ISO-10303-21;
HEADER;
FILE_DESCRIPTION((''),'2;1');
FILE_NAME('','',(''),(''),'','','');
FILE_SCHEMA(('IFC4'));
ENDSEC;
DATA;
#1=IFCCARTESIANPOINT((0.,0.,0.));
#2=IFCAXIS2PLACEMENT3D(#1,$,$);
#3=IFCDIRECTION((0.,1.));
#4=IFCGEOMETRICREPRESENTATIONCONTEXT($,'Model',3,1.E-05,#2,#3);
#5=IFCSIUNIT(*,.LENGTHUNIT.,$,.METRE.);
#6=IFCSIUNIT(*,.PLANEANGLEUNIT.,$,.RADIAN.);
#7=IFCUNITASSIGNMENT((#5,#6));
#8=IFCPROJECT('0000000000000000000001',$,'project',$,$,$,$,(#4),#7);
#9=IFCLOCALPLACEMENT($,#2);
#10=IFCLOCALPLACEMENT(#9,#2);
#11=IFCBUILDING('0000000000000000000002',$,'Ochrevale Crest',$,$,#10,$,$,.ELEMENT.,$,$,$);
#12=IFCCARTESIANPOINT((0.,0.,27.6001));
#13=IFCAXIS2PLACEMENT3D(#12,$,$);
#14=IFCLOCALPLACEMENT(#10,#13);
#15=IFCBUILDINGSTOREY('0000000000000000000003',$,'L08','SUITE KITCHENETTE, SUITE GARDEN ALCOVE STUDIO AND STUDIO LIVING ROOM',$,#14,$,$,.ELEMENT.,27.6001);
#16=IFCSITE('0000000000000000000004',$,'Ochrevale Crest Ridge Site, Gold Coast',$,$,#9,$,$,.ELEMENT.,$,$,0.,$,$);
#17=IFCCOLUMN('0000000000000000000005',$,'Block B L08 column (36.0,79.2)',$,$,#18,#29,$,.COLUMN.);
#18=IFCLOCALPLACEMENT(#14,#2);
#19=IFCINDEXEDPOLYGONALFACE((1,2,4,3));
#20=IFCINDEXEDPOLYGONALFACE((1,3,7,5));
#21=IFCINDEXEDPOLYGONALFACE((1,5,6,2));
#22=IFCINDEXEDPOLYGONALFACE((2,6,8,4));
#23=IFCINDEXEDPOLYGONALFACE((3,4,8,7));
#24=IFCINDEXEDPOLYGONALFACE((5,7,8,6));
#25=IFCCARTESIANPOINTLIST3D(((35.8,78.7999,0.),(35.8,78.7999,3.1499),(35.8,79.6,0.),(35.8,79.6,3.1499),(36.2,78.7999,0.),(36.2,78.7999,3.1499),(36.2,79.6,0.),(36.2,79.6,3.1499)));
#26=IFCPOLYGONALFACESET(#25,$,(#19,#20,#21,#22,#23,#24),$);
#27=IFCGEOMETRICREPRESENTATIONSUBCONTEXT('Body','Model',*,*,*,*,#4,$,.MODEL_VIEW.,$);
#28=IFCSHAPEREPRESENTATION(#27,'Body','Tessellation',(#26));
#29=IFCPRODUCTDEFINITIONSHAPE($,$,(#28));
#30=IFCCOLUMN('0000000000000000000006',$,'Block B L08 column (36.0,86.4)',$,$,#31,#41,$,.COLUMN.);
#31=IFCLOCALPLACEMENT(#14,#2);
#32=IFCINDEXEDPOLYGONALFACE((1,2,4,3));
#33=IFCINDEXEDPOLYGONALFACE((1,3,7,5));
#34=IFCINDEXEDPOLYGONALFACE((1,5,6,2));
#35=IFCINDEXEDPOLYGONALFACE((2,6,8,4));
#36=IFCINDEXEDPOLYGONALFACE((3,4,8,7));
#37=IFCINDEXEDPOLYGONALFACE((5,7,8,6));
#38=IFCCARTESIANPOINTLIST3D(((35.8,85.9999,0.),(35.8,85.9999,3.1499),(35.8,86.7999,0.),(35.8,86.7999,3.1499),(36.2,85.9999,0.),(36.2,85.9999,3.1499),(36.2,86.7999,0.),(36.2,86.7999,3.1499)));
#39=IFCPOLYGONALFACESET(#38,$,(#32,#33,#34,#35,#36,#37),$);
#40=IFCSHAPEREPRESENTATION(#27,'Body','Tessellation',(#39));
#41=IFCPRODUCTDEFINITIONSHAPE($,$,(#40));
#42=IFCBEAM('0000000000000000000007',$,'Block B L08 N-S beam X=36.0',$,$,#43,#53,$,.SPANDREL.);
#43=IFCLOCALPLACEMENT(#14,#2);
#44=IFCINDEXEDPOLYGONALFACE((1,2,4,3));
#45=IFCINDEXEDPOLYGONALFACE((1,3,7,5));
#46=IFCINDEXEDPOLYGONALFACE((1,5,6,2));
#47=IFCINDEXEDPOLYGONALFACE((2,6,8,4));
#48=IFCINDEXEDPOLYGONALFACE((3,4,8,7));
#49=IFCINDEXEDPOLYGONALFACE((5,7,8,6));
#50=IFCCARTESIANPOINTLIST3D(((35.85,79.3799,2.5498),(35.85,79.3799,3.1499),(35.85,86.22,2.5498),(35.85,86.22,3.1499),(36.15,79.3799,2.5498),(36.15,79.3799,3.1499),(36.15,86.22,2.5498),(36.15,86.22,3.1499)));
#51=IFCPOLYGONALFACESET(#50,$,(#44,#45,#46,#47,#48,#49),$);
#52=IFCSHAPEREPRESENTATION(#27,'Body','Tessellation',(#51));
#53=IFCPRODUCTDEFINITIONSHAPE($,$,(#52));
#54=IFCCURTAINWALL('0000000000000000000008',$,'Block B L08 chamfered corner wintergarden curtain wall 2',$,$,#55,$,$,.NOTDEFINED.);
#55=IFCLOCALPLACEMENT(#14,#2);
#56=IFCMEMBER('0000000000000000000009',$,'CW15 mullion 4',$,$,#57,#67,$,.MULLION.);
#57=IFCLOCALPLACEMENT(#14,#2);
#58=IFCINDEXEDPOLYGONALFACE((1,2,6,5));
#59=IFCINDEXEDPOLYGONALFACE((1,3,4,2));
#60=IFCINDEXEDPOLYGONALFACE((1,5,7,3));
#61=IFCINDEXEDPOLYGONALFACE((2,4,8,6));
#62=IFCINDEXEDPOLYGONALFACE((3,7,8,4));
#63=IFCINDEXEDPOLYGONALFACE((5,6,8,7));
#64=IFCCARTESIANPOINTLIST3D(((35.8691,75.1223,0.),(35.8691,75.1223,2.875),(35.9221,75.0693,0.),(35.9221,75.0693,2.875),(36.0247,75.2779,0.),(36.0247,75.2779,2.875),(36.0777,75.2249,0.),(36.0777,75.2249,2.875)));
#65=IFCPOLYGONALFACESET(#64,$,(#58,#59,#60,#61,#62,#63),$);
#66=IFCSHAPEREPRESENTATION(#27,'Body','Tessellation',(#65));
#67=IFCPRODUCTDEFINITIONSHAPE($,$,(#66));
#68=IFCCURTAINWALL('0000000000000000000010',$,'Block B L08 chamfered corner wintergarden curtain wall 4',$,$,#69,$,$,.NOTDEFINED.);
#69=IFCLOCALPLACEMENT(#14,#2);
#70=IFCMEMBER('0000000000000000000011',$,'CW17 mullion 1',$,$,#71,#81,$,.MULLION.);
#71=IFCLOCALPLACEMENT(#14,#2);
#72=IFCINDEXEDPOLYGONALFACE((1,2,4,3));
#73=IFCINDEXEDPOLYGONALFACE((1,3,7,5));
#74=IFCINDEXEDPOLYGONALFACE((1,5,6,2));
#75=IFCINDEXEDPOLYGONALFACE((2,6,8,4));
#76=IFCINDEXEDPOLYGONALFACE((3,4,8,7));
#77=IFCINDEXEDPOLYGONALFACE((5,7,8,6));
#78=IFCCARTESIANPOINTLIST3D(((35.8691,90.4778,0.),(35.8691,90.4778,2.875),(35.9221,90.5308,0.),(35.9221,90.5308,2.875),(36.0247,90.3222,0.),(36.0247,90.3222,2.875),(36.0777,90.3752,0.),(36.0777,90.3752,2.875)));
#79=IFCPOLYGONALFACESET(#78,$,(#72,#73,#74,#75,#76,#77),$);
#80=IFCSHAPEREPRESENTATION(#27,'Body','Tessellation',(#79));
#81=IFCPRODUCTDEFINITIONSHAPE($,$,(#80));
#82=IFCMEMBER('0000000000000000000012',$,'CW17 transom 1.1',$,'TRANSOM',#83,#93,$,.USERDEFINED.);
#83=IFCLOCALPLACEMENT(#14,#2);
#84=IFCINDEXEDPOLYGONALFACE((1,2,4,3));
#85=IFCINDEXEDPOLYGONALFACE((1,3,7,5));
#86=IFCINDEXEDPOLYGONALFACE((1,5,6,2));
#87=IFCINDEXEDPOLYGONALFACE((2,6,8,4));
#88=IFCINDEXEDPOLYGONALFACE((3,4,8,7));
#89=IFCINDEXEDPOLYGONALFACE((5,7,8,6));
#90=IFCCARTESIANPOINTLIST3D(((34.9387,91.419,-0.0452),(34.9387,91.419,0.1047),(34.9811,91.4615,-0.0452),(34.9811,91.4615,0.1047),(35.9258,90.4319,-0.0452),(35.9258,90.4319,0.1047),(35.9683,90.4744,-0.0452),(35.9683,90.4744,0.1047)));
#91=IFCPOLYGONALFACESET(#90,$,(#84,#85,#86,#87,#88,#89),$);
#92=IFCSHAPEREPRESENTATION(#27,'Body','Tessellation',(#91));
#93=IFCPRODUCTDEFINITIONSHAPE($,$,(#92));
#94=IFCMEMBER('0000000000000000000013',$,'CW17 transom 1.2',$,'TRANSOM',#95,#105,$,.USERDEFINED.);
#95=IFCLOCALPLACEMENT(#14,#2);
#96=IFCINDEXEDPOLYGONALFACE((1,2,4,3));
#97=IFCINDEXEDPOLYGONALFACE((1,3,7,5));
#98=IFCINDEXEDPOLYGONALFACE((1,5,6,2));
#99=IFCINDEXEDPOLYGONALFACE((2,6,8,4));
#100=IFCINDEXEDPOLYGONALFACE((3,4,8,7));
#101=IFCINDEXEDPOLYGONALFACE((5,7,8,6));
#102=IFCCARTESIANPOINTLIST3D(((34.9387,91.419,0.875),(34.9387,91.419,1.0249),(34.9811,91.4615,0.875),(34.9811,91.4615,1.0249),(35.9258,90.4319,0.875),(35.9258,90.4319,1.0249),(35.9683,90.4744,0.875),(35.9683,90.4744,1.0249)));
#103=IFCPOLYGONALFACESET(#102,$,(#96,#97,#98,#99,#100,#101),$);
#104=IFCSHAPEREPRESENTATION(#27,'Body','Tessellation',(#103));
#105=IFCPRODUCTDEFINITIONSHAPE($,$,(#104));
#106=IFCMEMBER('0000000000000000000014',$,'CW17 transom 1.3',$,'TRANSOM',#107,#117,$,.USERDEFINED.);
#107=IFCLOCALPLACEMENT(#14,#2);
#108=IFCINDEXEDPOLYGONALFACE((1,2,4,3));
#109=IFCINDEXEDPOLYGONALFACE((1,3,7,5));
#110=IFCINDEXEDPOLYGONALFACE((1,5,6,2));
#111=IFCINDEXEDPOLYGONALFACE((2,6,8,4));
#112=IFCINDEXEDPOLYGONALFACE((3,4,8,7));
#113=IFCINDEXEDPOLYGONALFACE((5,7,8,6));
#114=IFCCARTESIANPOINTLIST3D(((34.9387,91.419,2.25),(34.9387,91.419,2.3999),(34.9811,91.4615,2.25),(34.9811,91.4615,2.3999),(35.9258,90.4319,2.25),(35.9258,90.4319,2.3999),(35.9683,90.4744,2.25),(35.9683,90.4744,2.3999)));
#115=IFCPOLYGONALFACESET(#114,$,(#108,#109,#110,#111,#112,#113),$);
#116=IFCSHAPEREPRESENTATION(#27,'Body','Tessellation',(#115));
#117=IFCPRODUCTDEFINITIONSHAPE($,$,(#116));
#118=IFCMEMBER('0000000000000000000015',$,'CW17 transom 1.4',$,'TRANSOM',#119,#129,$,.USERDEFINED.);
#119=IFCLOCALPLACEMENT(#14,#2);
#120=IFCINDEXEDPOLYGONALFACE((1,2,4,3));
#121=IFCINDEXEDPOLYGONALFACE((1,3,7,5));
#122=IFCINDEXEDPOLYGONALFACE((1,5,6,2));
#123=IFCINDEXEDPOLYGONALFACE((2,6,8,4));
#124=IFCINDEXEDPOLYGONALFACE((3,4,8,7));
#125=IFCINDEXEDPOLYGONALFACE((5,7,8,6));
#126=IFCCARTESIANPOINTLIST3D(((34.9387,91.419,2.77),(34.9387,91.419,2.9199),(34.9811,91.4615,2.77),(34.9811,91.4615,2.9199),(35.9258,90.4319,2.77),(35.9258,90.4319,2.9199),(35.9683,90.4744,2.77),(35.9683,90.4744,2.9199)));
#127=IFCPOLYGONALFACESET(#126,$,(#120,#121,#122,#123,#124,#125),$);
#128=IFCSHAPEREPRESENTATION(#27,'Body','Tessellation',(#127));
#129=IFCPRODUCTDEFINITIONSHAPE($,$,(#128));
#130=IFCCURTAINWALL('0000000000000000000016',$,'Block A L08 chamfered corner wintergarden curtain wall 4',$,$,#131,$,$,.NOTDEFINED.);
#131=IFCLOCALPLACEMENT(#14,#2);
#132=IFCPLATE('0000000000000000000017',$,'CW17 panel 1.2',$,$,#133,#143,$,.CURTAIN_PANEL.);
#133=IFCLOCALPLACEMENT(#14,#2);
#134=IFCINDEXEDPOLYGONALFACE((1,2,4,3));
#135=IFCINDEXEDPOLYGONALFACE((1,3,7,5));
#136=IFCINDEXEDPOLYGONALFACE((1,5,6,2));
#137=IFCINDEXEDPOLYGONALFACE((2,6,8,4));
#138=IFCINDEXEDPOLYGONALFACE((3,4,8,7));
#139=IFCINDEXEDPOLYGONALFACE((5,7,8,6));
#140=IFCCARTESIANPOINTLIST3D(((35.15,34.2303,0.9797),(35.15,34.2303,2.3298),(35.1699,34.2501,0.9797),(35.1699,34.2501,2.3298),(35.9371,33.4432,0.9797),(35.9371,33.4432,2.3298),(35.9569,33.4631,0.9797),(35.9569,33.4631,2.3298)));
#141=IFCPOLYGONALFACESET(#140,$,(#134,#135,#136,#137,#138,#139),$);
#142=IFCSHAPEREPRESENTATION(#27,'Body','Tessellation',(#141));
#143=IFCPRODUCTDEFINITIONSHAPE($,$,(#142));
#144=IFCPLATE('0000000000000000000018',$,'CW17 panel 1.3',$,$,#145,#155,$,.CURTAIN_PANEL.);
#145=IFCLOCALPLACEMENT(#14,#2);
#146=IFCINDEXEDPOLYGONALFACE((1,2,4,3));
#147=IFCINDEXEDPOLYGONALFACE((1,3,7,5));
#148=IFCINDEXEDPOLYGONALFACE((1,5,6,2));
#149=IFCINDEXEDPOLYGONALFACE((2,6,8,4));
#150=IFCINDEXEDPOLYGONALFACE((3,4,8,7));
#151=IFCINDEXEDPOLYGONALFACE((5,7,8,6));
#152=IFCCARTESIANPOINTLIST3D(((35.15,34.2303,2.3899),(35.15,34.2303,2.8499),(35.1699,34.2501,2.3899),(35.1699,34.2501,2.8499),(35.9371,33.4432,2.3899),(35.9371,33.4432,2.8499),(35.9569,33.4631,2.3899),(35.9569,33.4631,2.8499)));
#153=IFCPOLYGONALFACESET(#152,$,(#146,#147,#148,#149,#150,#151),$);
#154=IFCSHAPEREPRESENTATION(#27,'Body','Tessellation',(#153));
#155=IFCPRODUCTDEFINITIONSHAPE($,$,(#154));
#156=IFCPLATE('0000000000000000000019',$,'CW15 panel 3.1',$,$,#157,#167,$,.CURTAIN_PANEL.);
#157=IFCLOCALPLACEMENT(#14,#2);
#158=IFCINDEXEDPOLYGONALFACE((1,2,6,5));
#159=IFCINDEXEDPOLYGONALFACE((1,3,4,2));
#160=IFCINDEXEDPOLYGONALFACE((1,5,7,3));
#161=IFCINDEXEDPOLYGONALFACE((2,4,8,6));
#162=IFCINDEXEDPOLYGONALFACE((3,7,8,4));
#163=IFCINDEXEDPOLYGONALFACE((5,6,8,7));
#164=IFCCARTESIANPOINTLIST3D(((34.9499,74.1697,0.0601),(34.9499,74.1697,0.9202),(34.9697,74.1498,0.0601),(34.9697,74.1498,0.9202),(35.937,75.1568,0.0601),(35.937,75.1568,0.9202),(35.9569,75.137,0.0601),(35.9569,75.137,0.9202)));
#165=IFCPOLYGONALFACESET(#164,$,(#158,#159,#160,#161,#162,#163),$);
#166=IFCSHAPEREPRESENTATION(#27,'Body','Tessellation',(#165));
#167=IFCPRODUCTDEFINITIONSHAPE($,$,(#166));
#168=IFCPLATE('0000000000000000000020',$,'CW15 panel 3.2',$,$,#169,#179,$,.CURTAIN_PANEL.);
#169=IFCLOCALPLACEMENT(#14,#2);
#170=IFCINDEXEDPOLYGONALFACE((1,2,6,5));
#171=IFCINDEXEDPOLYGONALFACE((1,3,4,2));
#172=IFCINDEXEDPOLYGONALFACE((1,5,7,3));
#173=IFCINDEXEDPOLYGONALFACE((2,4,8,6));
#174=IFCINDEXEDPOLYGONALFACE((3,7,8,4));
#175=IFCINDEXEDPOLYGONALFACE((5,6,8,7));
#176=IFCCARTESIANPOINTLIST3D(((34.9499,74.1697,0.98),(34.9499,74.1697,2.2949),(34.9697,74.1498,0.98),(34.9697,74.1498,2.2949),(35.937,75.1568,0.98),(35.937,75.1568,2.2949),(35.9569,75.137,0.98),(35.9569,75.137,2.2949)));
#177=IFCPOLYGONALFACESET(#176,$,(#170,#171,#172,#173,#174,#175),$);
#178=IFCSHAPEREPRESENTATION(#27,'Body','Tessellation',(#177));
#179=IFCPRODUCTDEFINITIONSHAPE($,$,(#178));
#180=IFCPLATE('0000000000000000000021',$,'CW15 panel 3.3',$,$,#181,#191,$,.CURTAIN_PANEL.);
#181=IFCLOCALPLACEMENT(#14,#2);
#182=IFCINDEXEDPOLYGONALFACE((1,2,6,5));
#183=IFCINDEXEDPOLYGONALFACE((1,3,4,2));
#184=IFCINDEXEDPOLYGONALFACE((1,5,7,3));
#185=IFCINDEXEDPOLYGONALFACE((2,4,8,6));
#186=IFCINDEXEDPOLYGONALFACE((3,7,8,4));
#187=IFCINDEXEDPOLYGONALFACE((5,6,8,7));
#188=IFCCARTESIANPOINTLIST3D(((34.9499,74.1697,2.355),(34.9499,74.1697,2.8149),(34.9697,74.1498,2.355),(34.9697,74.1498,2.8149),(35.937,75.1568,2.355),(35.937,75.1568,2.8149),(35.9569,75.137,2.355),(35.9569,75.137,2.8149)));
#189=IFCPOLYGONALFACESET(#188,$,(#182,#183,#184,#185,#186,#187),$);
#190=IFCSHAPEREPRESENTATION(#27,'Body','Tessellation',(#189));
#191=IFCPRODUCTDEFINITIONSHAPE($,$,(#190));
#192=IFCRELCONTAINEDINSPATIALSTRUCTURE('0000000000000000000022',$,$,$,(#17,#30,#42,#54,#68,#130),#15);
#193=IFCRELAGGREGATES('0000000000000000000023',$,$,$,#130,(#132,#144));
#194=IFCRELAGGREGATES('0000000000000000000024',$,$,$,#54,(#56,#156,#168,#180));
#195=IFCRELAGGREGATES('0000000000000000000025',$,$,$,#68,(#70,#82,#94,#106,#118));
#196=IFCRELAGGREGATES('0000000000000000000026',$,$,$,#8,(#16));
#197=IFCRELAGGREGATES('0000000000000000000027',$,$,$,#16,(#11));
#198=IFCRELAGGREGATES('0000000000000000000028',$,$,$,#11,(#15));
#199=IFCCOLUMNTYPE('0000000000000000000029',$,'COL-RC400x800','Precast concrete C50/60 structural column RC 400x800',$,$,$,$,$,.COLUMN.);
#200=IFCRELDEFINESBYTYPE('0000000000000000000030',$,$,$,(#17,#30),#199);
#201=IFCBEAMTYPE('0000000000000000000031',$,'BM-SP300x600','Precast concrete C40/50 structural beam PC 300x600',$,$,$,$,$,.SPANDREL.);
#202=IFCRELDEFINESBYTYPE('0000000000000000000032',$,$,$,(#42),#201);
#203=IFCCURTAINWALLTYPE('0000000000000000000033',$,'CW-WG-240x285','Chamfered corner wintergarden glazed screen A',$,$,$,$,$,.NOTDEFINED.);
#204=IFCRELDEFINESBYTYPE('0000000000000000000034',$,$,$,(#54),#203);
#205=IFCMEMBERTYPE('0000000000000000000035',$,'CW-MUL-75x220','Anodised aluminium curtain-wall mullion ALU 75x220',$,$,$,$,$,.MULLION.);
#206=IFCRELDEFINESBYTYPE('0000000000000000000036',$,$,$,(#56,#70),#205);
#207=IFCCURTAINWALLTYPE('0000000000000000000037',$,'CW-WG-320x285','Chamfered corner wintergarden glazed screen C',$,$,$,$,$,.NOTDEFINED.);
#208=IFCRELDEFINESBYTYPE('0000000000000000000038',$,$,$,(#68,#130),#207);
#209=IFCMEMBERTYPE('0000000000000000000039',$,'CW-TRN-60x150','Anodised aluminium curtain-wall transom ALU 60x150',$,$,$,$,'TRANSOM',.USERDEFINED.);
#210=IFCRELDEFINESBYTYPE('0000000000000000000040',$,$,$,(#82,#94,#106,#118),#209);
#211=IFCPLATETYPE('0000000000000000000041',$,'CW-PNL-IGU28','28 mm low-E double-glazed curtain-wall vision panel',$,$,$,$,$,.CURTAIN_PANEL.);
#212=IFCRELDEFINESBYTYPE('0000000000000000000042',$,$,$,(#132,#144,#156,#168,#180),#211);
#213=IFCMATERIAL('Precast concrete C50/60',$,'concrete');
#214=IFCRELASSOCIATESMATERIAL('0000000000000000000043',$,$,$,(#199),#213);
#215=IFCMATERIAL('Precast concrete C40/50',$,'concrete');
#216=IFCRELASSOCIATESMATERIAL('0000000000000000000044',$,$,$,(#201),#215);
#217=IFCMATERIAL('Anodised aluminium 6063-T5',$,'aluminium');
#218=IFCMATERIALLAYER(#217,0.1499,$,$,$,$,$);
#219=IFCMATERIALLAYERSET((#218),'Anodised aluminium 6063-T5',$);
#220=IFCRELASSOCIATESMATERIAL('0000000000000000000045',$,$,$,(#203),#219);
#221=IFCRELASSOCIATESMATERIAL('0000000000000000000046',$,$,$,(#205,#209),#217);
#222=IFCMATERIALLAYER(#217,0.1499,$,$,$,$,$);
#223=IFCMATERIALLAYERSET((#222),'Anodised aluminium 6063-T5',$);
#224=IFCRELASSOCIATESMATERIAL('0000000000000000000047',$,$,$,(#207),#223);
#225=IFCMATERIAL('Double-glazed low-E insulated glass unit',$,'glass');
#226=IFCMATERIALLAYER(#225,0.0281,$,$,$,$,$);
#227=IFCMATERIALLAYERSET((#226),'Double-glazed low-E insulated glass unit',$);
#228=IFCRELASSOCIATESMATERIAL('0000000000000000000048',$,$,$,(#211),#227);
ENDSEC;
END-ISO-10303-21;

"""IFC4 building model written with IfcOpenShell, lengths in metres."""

from ifc_helpers import new_model, si_unit, direction, frame, origin, origin_2d, place, context, subcontext, project, spatial, rectangle, extrude, material, layer, layer_set, material_profile, profile_set, type_object, element, aggregate, save


model = new_model("IFC4")

# Units and contexts
model_context = context("Model", 3, precision=1e-05, world=origin(), true_north=direction((0.0, 1.0)))
body_context = subcontext(model_context, "Body", "Model", "MODEL_VIEW")
ifc_project = project(units=[si_unit("LENGTHUNIT", "METRE"), si_unit("PLANEANGLEUNIT", "RADIAN")], contexts=[model_context])

# Site, building, storey
site_placement = place(None, origin())
site = spatial("IfcSite", under=ifc_project, at=site_placement, Name="Ochrevale Crest Ridge Site, Gold Coast", CompositionType="ELEMENT", RefElevation=0.0)
building_placement = place(site_placement, origin())
building = spatial("IfcBuilding", under=site, at=building_placement, Name="Ochrevale Crest", CompositionType="ELEMENT")
storey_placement = place(building_placement, frame((0.0, 0.0, 27.6001)))
storey = spatial("IfcBuildingStorey", under=building, at=storey_placement, Name="L08", Description="SUITE KITCHENETTE, SUITE GARDEN ALCOVE STUDIO AND STUDIO LIVING ROOM", CompositionType="ELEMENT", Elevation=27.6001)

# Columns
ifc_material_1 = material(Name="Precast concrete C50/60", Category="concrete")
ifc_material_profile_1 = material_profile(ifc_material_1, rectangle(XDim=0.3999, YDim=0.8, at=origin_2d()), Name="RC 400x800")
ifc_profile_set_1 = profile_set([ifc_material_profile_1], Name="Precast concrete C50/60")
column_type = type_object("IfcColumnType", Name="COL-RC400x800", Description="Precast concrete C50/60 structural column RC 400x800", PredefinedType="COLUMN", material=ifc_profile_set_1)
for number, where, z_axis, x_axis, name in (
    (1, (36.0, 79.2, 0.0), (0.0, 0.0, 1.0), (1.0, 0.0, 0.0), "Block B L08 column (36.0,79.2)"),
    (2, (36.0, 86.3999, 0.0), (0.0, 0.0, 1.0), (1.0, 0.0, 0.0), "Block B L08 column (36.0,86.4)"),
):
    element("IfcColumn", number, at=place(storey_placement, frame(where, z_axis=z_axis, x_axis=x_axis)), inside=storey, type_object=column_type, Name=name, PredefinedType="COLUMN", context=body_context, shape_type="SweptSolid", body=[
        extrude(rectangle(XDim=0.3999, YDim=0.8, at=origin_2d()), origin(), (0.0, 0.0, 1.0), 3.1499),
    ])

# Beam
ifc_material_2 = material(Name="Precast concrete C40/50", Category="concrete")
ifc_material_profile_2 = material_profile(ifc_material_2, rectangle(XDim=0.3, YDim=0.6001, at=origin_2d()), Name="PC 300x600")
ifc_profile_set_2 = profile_set([ifc_material_profile_2], Name="Precast concrete C40/50")
beam_type = type_object("IfcBeamType", Name="BM-SP300x600", Description="Precast concrete C40/50 structural beam PC 300x600", PredefinedType="SPANDREL", material=ifc_profile_set_2)
beam_placement = place(storey_placement, frame((36.0, 79.3799, 2.8499), z_axis=(0.0, 1.0, 0.0), x_axis=(-1.0, 0.0, 0.0)))
element("IfcBeam", 3, at=beam_placement, inside=storey, type_object=beam_type, Name="Block B L08 N-S beam X=36.0", PredefinedType="SPANDREL", context=body_context, shape_type="SweptSolid", body=[
    extrude(rectangle(XDim=0.3, YDim=0.6001, at=origin_2d()), origin(), (0.0, 0.0, 1.0), 6.8401),
])

# Curtain wall, member
ifc_material_3 = material(Name="Anodised aluminium 6063-T5", Category="aluminium")
ifc_layer_1 = layer(ifc_material_3, 0.1499)
ifc_layer_set_1 = layer_set([ifc_layer_1], Name="Anodised aluminium 6063-T5")
curtain_wall_type_1 = type_object("IfcCurtainWallType", Name="CW-WG-240x285", Description="Chamfered corner wintergarden glazed screen A", PredefinedType="NOTDEFINED", material=ifc_layer_set_1)
curtain_wall_1_placement = place(storey_placement, origin())
curtain_wall_1 = element("IfcCurtainWall", 4, at=curtain_wall_1_placement, inside=storey, type_object=curtain_wall_type_1, Name="Block B L08 chamfered corner wintergarden curtain wall 2", PredefinedType="NOTDEFINED")
ifc_material_profile_3 = material_profile(ifc_material_3, rectangle(XDim=0.075, YDim=0.22, at=origin_2d()), Name="ALU 75x220")
ifc_profile_set_3 = profile_set([ifc_material_profile_3], Name="Anodised aluminium 6063-T5")
member_type_1 = type_object("IfcMemberType", Name="CW-MUL-75x220", Description="Anodised aluminium curtain-wall mullion ALU 75x220", PredefinedType="MULLION", material=ifc_profile_set_3)
member_1_placement = place(storey_placement, frame((35.9734, 75.1736, 0.0), z_axis=(0.0, 0.0, 1.0), x_axis=(-0.707107, 0.707107, 0.0)))
member_1 = element("IfcMember", 5, at=member_1_placement, type_object=member_type_1, Name="CW15 mullion 4", PredefinedType="MULLION", context=body_context, shape_type="SweptSolid", body=[
    extrude(rectangle(XDim=0.075, YDim=0.22, at=origin_2d()), origin(), (0.0, 0.0, 1.0), 2.875),
])

# Curtain wall, members
ifc_layer_2 = layer(ifc_material_3, 0.1499)
ifc_layer_set_2 = layer_set([ifc_layer_2], Name="Anodised aluminium 6063-T5")
curtain_wall_type_2 = type_object("IfcCurtainWallType", Name="CW-WG-320x285", Description="Chamfered corner wintergarden glazed screen C", PredefinedType="NOTDEFINED", material=ifc_layer_set_2)
curtain_wall_2_placement = place(storey_placement, origin())
curtain_wall_2 = element("IfcCurtainWall", 6, at=curtain_wall_2_placement, inside=storey, type_object=curtain_wall_type_2, Name="Block B L08 chamfered corner wintergarden curtain wall 4", PredefinedType="NOTDEFINED")
member_2_placement = place(storey_placement, frame((35.9734, 90.4265, 0.0), z_axis=(0.0, 0.0, 1.0), x_axis=(-0.707107, -0.707107, 0.0)))
member_2 = element("IfcMember", 7, at=member_2_placement, type_object=member_type_1, Name="CW17 mullion 1", PredefinedType="MULLION", context=body_context, shape_type="SweptSolid", body=[
    extrude(rectangle(XDim=0.075, YDim=0.22, at=origin_2d()), origin(), (0.0, 0.0, 1.0), 2.875),
])
ifc_material_profile_4 = material_profile(ifc_material_3, rectangle(XDim=0.0601, YDim=0.1499, at=origin_2d()), Name="ALU 60x150")
ifc_profile_set_4 = profile_set([ifc_material_profile_4], Name="Anodised aluminium 6063-T5")
member_type_2 = type_object("IfcMemberType", Name="CW-TRN-60x150", Description="Anodised aluminium curtain-wall transom ALU 60x150", ElementType="TRANSOM", PredefinedType="USERDEFINED", material=ifc_profile_set_4)
member_3_placement = place(storey_placement, frame((35.947, 90.4531, 0.0298), z_axis=(-0.707107, 0.707107, 0.0), x_axis=(-0.707107, -0.707107, 0.0)))
member_3 = element("IfcMember", 8, at=member_3_placement, type_object=member_type_2, Name="CW17 transom 1.1", ObjectType="TRANSOM", PredefinedType="USERDEFINED", context=body_context, shape_type="SweptSolid", body=[
    extrude(rectangle(XDim=0.0601, YDim=0.1499, at=origin_2d()), origin(), (0.0, 0.0, 1.0), 1.396),
])
member_4_placement = place(storey_placement, frame((35.947, 90.4531, 0.95), z_axis=(-0.707107, 0.707107, 0.0), x_axis=(-0.707107, -0.707107, 0.0)))
member_4 = element("IfcMember", 9, at=member_4_placement, type_object=member_type_2, Name="CW17 transom 1.2", ObjectType="TRANSOM", PredefinedType="USERDEFINED", context=body_context, shape_type="SweptSolid", body=[
    extrude(rectangle(XDim=0.0601, YDim=0.1499, at=origin_2d()), origin(), (0.0, 0.0, 1.0), 1.396),
])
member_5_placement = place(storey_placement, frame((35.947, 90.4531, 2.325), z_axis=(-0.707107, 0.707107, 0.0), x_axis=(-0.707107, -0.707107, 0.0)))
member_5 = element("IfcMember", 10, at=member_5_placement, type_object=member_type_2, Name="CW17 transom 1.3", ObjectType="TRANSOM", PredefinedType="USERDEFINED", context=body_context, shape_type="SweptSolid", body=[
    extrude(rectangle(XDim=0.0601, YDim=0.1499, at=origin_2d()), origin(), (0.0, 0.0, 1.0), 1.396),
])
member_6_placement = place(storey_placement, frame((35.947, 90.4531, 2.845), z_axis=(-0.707107, 0.707107, 0.0), x_axis=(-0.707107, -0.707107, 0.0)))
member_6 = element("IfcMember", 11, at=member_6_placement, type_object=member_type_2, Name="CW17 transom 1.4", ObjectType="TRANSOM", PredefinedType="USERDEFINED", context=body_context, shape_type="SweptSolid", body=[
    extrude(rectangle(XDim=0.0601, YDim=0.1499, at=origin_2d()), origin(), (0.0, 0.0, 1.0), 1.396),
])

# Curtain wall, plates
curtain_wall_3_placement = place(storey_placement, origin())
curtain_wall_3 = element("IfcCurtainWall", 12, at=curtain_wall_3_placement, inside=storey, type_object=curtain_wall_type_2, Name="Block A L08 chamfered corner wintergarden curtain wall 4", PredefinedType="NOTDEFINED")
ifc_material_4 = material(Name="Double-glazed low-E insulated glass unit", Category="glass")
ifc_layer_3 = layer(ifc_material_4, 0.0281)
ifc_layer_set_3 = layer_set([ifc_layer_3], Name="Double-glazed low-E insulated glass unit")
plate_type = type_object("IfcPlateType", Name="CW-PNL-IGU28", Description="28 mm low-E double-glazed curtain-wall vision panel", PredefinedType="CURTAIN_PANEL", material=ifc_layer_set_3)
plate_1_placement = place(storey_placement, frame((35.5535, 33.8467, 0.9797), z_axis=(0.0, 0.0, 1.0), x_axis=(-0.707107, 0.707107, 0.0)))
plate_1 = element("IfcPlate", 13, at=plate_1_placement, type_object=plate_type, Name="CW17 panel 1.2", PredefinedType="CURTAIN_PANEL", context=body_context, shape_type="SweptSolid", body=[
    extrude(rectangle(XDim=1.113, YDim=0.0281, at=origin_2d()), origin(), (0.0, 0.0, 1.0), 1.3501),
])
plate_2_placement = place(storey_placement, frame((35.5535, 33.8467, 2.3899), z_axis=(0.0, 0.0, 1.0), x_axis=(-0.707107, 0.707107, 0.0)))
plate_2 = element("IfcPlate", 14, at=plate_2_placement, type_object=plate_type, Name="CW17 panel 1.3", PredefinedType="CURTAIN_PANEL", context=body_context, shape_type="SweptSolid", body=[
    extrude(rectangle(XDim=1.113, YDim=0.0281, at=origin_2d()), origin(), (0.0, 0.0, 1.0), 0.46),
])
aggregate(curtain_wall_3, [plate_1, plate_2])

# Plates
plate_3_placement = place(storey_placement, frame((35.4534, 74.6533, 0.0601), z_axis=(0.0, 0.0, 1.0), x_axis=(0.707107, 0.707107, 0.0)))
plate_3 = element("IfcPlate", 15, at=plate_3_placement, type_object=plate_type, Name="CW15 panel 3.1", PredefinedType="CURTAIN_PANEL", context=body_context, shape_type="SweptSolid", body=[
    extrude(rectangle(XDim=1.396, YDim=0.0281, at=origin_2d()), origin(), (0.0, 0.0, 1.0), 0.8601),
])
plate_4_placement = place(storey_placement, frame((35.4534, 74.6533, 0.98), z_axis=(0.0, 0.0, 1.0), x_axis=(0.707107, 0.707107, 0.0)))
plate_4 = element("IfcPlate", 16, at=plate_4_placement, type_object=plate_type, Name="CW15 panel 3.2", PredefinedType="CURTAIN_PANEL", context=body_context, shape_type="SweptSolid", body=[
    extrude(rectangle(XDim=1.396, YDim=0.0281, at=origin_2d()), origin(), (0.0, 0.0, 1.0), 1.3149),
])
plate_5_placement = place(storey_placement, frame((35.4534, 74.6533, 2.355), z_axis=(0.0, 0.0, 1.0), x_axis=(0.707107, 0.707107, 0.0)))
plate_5 = element("IfcPlate", 17, at=plate_5_placement, type_object=plate_type, Name="CW15 panel 3.3", PredefinedType="CURTAIN_PANEL", context=body_context, shape_type="SweptSolid", body=[
    extrude(rectangle(XDim=1.396, YDim=0.0281, at=origin_2d()), origin(), (0.0, 0.0, 1.0), 0.46),
])
aggregate(curtain_wall_1, [member_1, plate_3, plate_4, plate_5])
aggregate(curtain_wall_2, [member_2, member_3, member_4, member_5, member_6])

save(model, "model.ifc")
